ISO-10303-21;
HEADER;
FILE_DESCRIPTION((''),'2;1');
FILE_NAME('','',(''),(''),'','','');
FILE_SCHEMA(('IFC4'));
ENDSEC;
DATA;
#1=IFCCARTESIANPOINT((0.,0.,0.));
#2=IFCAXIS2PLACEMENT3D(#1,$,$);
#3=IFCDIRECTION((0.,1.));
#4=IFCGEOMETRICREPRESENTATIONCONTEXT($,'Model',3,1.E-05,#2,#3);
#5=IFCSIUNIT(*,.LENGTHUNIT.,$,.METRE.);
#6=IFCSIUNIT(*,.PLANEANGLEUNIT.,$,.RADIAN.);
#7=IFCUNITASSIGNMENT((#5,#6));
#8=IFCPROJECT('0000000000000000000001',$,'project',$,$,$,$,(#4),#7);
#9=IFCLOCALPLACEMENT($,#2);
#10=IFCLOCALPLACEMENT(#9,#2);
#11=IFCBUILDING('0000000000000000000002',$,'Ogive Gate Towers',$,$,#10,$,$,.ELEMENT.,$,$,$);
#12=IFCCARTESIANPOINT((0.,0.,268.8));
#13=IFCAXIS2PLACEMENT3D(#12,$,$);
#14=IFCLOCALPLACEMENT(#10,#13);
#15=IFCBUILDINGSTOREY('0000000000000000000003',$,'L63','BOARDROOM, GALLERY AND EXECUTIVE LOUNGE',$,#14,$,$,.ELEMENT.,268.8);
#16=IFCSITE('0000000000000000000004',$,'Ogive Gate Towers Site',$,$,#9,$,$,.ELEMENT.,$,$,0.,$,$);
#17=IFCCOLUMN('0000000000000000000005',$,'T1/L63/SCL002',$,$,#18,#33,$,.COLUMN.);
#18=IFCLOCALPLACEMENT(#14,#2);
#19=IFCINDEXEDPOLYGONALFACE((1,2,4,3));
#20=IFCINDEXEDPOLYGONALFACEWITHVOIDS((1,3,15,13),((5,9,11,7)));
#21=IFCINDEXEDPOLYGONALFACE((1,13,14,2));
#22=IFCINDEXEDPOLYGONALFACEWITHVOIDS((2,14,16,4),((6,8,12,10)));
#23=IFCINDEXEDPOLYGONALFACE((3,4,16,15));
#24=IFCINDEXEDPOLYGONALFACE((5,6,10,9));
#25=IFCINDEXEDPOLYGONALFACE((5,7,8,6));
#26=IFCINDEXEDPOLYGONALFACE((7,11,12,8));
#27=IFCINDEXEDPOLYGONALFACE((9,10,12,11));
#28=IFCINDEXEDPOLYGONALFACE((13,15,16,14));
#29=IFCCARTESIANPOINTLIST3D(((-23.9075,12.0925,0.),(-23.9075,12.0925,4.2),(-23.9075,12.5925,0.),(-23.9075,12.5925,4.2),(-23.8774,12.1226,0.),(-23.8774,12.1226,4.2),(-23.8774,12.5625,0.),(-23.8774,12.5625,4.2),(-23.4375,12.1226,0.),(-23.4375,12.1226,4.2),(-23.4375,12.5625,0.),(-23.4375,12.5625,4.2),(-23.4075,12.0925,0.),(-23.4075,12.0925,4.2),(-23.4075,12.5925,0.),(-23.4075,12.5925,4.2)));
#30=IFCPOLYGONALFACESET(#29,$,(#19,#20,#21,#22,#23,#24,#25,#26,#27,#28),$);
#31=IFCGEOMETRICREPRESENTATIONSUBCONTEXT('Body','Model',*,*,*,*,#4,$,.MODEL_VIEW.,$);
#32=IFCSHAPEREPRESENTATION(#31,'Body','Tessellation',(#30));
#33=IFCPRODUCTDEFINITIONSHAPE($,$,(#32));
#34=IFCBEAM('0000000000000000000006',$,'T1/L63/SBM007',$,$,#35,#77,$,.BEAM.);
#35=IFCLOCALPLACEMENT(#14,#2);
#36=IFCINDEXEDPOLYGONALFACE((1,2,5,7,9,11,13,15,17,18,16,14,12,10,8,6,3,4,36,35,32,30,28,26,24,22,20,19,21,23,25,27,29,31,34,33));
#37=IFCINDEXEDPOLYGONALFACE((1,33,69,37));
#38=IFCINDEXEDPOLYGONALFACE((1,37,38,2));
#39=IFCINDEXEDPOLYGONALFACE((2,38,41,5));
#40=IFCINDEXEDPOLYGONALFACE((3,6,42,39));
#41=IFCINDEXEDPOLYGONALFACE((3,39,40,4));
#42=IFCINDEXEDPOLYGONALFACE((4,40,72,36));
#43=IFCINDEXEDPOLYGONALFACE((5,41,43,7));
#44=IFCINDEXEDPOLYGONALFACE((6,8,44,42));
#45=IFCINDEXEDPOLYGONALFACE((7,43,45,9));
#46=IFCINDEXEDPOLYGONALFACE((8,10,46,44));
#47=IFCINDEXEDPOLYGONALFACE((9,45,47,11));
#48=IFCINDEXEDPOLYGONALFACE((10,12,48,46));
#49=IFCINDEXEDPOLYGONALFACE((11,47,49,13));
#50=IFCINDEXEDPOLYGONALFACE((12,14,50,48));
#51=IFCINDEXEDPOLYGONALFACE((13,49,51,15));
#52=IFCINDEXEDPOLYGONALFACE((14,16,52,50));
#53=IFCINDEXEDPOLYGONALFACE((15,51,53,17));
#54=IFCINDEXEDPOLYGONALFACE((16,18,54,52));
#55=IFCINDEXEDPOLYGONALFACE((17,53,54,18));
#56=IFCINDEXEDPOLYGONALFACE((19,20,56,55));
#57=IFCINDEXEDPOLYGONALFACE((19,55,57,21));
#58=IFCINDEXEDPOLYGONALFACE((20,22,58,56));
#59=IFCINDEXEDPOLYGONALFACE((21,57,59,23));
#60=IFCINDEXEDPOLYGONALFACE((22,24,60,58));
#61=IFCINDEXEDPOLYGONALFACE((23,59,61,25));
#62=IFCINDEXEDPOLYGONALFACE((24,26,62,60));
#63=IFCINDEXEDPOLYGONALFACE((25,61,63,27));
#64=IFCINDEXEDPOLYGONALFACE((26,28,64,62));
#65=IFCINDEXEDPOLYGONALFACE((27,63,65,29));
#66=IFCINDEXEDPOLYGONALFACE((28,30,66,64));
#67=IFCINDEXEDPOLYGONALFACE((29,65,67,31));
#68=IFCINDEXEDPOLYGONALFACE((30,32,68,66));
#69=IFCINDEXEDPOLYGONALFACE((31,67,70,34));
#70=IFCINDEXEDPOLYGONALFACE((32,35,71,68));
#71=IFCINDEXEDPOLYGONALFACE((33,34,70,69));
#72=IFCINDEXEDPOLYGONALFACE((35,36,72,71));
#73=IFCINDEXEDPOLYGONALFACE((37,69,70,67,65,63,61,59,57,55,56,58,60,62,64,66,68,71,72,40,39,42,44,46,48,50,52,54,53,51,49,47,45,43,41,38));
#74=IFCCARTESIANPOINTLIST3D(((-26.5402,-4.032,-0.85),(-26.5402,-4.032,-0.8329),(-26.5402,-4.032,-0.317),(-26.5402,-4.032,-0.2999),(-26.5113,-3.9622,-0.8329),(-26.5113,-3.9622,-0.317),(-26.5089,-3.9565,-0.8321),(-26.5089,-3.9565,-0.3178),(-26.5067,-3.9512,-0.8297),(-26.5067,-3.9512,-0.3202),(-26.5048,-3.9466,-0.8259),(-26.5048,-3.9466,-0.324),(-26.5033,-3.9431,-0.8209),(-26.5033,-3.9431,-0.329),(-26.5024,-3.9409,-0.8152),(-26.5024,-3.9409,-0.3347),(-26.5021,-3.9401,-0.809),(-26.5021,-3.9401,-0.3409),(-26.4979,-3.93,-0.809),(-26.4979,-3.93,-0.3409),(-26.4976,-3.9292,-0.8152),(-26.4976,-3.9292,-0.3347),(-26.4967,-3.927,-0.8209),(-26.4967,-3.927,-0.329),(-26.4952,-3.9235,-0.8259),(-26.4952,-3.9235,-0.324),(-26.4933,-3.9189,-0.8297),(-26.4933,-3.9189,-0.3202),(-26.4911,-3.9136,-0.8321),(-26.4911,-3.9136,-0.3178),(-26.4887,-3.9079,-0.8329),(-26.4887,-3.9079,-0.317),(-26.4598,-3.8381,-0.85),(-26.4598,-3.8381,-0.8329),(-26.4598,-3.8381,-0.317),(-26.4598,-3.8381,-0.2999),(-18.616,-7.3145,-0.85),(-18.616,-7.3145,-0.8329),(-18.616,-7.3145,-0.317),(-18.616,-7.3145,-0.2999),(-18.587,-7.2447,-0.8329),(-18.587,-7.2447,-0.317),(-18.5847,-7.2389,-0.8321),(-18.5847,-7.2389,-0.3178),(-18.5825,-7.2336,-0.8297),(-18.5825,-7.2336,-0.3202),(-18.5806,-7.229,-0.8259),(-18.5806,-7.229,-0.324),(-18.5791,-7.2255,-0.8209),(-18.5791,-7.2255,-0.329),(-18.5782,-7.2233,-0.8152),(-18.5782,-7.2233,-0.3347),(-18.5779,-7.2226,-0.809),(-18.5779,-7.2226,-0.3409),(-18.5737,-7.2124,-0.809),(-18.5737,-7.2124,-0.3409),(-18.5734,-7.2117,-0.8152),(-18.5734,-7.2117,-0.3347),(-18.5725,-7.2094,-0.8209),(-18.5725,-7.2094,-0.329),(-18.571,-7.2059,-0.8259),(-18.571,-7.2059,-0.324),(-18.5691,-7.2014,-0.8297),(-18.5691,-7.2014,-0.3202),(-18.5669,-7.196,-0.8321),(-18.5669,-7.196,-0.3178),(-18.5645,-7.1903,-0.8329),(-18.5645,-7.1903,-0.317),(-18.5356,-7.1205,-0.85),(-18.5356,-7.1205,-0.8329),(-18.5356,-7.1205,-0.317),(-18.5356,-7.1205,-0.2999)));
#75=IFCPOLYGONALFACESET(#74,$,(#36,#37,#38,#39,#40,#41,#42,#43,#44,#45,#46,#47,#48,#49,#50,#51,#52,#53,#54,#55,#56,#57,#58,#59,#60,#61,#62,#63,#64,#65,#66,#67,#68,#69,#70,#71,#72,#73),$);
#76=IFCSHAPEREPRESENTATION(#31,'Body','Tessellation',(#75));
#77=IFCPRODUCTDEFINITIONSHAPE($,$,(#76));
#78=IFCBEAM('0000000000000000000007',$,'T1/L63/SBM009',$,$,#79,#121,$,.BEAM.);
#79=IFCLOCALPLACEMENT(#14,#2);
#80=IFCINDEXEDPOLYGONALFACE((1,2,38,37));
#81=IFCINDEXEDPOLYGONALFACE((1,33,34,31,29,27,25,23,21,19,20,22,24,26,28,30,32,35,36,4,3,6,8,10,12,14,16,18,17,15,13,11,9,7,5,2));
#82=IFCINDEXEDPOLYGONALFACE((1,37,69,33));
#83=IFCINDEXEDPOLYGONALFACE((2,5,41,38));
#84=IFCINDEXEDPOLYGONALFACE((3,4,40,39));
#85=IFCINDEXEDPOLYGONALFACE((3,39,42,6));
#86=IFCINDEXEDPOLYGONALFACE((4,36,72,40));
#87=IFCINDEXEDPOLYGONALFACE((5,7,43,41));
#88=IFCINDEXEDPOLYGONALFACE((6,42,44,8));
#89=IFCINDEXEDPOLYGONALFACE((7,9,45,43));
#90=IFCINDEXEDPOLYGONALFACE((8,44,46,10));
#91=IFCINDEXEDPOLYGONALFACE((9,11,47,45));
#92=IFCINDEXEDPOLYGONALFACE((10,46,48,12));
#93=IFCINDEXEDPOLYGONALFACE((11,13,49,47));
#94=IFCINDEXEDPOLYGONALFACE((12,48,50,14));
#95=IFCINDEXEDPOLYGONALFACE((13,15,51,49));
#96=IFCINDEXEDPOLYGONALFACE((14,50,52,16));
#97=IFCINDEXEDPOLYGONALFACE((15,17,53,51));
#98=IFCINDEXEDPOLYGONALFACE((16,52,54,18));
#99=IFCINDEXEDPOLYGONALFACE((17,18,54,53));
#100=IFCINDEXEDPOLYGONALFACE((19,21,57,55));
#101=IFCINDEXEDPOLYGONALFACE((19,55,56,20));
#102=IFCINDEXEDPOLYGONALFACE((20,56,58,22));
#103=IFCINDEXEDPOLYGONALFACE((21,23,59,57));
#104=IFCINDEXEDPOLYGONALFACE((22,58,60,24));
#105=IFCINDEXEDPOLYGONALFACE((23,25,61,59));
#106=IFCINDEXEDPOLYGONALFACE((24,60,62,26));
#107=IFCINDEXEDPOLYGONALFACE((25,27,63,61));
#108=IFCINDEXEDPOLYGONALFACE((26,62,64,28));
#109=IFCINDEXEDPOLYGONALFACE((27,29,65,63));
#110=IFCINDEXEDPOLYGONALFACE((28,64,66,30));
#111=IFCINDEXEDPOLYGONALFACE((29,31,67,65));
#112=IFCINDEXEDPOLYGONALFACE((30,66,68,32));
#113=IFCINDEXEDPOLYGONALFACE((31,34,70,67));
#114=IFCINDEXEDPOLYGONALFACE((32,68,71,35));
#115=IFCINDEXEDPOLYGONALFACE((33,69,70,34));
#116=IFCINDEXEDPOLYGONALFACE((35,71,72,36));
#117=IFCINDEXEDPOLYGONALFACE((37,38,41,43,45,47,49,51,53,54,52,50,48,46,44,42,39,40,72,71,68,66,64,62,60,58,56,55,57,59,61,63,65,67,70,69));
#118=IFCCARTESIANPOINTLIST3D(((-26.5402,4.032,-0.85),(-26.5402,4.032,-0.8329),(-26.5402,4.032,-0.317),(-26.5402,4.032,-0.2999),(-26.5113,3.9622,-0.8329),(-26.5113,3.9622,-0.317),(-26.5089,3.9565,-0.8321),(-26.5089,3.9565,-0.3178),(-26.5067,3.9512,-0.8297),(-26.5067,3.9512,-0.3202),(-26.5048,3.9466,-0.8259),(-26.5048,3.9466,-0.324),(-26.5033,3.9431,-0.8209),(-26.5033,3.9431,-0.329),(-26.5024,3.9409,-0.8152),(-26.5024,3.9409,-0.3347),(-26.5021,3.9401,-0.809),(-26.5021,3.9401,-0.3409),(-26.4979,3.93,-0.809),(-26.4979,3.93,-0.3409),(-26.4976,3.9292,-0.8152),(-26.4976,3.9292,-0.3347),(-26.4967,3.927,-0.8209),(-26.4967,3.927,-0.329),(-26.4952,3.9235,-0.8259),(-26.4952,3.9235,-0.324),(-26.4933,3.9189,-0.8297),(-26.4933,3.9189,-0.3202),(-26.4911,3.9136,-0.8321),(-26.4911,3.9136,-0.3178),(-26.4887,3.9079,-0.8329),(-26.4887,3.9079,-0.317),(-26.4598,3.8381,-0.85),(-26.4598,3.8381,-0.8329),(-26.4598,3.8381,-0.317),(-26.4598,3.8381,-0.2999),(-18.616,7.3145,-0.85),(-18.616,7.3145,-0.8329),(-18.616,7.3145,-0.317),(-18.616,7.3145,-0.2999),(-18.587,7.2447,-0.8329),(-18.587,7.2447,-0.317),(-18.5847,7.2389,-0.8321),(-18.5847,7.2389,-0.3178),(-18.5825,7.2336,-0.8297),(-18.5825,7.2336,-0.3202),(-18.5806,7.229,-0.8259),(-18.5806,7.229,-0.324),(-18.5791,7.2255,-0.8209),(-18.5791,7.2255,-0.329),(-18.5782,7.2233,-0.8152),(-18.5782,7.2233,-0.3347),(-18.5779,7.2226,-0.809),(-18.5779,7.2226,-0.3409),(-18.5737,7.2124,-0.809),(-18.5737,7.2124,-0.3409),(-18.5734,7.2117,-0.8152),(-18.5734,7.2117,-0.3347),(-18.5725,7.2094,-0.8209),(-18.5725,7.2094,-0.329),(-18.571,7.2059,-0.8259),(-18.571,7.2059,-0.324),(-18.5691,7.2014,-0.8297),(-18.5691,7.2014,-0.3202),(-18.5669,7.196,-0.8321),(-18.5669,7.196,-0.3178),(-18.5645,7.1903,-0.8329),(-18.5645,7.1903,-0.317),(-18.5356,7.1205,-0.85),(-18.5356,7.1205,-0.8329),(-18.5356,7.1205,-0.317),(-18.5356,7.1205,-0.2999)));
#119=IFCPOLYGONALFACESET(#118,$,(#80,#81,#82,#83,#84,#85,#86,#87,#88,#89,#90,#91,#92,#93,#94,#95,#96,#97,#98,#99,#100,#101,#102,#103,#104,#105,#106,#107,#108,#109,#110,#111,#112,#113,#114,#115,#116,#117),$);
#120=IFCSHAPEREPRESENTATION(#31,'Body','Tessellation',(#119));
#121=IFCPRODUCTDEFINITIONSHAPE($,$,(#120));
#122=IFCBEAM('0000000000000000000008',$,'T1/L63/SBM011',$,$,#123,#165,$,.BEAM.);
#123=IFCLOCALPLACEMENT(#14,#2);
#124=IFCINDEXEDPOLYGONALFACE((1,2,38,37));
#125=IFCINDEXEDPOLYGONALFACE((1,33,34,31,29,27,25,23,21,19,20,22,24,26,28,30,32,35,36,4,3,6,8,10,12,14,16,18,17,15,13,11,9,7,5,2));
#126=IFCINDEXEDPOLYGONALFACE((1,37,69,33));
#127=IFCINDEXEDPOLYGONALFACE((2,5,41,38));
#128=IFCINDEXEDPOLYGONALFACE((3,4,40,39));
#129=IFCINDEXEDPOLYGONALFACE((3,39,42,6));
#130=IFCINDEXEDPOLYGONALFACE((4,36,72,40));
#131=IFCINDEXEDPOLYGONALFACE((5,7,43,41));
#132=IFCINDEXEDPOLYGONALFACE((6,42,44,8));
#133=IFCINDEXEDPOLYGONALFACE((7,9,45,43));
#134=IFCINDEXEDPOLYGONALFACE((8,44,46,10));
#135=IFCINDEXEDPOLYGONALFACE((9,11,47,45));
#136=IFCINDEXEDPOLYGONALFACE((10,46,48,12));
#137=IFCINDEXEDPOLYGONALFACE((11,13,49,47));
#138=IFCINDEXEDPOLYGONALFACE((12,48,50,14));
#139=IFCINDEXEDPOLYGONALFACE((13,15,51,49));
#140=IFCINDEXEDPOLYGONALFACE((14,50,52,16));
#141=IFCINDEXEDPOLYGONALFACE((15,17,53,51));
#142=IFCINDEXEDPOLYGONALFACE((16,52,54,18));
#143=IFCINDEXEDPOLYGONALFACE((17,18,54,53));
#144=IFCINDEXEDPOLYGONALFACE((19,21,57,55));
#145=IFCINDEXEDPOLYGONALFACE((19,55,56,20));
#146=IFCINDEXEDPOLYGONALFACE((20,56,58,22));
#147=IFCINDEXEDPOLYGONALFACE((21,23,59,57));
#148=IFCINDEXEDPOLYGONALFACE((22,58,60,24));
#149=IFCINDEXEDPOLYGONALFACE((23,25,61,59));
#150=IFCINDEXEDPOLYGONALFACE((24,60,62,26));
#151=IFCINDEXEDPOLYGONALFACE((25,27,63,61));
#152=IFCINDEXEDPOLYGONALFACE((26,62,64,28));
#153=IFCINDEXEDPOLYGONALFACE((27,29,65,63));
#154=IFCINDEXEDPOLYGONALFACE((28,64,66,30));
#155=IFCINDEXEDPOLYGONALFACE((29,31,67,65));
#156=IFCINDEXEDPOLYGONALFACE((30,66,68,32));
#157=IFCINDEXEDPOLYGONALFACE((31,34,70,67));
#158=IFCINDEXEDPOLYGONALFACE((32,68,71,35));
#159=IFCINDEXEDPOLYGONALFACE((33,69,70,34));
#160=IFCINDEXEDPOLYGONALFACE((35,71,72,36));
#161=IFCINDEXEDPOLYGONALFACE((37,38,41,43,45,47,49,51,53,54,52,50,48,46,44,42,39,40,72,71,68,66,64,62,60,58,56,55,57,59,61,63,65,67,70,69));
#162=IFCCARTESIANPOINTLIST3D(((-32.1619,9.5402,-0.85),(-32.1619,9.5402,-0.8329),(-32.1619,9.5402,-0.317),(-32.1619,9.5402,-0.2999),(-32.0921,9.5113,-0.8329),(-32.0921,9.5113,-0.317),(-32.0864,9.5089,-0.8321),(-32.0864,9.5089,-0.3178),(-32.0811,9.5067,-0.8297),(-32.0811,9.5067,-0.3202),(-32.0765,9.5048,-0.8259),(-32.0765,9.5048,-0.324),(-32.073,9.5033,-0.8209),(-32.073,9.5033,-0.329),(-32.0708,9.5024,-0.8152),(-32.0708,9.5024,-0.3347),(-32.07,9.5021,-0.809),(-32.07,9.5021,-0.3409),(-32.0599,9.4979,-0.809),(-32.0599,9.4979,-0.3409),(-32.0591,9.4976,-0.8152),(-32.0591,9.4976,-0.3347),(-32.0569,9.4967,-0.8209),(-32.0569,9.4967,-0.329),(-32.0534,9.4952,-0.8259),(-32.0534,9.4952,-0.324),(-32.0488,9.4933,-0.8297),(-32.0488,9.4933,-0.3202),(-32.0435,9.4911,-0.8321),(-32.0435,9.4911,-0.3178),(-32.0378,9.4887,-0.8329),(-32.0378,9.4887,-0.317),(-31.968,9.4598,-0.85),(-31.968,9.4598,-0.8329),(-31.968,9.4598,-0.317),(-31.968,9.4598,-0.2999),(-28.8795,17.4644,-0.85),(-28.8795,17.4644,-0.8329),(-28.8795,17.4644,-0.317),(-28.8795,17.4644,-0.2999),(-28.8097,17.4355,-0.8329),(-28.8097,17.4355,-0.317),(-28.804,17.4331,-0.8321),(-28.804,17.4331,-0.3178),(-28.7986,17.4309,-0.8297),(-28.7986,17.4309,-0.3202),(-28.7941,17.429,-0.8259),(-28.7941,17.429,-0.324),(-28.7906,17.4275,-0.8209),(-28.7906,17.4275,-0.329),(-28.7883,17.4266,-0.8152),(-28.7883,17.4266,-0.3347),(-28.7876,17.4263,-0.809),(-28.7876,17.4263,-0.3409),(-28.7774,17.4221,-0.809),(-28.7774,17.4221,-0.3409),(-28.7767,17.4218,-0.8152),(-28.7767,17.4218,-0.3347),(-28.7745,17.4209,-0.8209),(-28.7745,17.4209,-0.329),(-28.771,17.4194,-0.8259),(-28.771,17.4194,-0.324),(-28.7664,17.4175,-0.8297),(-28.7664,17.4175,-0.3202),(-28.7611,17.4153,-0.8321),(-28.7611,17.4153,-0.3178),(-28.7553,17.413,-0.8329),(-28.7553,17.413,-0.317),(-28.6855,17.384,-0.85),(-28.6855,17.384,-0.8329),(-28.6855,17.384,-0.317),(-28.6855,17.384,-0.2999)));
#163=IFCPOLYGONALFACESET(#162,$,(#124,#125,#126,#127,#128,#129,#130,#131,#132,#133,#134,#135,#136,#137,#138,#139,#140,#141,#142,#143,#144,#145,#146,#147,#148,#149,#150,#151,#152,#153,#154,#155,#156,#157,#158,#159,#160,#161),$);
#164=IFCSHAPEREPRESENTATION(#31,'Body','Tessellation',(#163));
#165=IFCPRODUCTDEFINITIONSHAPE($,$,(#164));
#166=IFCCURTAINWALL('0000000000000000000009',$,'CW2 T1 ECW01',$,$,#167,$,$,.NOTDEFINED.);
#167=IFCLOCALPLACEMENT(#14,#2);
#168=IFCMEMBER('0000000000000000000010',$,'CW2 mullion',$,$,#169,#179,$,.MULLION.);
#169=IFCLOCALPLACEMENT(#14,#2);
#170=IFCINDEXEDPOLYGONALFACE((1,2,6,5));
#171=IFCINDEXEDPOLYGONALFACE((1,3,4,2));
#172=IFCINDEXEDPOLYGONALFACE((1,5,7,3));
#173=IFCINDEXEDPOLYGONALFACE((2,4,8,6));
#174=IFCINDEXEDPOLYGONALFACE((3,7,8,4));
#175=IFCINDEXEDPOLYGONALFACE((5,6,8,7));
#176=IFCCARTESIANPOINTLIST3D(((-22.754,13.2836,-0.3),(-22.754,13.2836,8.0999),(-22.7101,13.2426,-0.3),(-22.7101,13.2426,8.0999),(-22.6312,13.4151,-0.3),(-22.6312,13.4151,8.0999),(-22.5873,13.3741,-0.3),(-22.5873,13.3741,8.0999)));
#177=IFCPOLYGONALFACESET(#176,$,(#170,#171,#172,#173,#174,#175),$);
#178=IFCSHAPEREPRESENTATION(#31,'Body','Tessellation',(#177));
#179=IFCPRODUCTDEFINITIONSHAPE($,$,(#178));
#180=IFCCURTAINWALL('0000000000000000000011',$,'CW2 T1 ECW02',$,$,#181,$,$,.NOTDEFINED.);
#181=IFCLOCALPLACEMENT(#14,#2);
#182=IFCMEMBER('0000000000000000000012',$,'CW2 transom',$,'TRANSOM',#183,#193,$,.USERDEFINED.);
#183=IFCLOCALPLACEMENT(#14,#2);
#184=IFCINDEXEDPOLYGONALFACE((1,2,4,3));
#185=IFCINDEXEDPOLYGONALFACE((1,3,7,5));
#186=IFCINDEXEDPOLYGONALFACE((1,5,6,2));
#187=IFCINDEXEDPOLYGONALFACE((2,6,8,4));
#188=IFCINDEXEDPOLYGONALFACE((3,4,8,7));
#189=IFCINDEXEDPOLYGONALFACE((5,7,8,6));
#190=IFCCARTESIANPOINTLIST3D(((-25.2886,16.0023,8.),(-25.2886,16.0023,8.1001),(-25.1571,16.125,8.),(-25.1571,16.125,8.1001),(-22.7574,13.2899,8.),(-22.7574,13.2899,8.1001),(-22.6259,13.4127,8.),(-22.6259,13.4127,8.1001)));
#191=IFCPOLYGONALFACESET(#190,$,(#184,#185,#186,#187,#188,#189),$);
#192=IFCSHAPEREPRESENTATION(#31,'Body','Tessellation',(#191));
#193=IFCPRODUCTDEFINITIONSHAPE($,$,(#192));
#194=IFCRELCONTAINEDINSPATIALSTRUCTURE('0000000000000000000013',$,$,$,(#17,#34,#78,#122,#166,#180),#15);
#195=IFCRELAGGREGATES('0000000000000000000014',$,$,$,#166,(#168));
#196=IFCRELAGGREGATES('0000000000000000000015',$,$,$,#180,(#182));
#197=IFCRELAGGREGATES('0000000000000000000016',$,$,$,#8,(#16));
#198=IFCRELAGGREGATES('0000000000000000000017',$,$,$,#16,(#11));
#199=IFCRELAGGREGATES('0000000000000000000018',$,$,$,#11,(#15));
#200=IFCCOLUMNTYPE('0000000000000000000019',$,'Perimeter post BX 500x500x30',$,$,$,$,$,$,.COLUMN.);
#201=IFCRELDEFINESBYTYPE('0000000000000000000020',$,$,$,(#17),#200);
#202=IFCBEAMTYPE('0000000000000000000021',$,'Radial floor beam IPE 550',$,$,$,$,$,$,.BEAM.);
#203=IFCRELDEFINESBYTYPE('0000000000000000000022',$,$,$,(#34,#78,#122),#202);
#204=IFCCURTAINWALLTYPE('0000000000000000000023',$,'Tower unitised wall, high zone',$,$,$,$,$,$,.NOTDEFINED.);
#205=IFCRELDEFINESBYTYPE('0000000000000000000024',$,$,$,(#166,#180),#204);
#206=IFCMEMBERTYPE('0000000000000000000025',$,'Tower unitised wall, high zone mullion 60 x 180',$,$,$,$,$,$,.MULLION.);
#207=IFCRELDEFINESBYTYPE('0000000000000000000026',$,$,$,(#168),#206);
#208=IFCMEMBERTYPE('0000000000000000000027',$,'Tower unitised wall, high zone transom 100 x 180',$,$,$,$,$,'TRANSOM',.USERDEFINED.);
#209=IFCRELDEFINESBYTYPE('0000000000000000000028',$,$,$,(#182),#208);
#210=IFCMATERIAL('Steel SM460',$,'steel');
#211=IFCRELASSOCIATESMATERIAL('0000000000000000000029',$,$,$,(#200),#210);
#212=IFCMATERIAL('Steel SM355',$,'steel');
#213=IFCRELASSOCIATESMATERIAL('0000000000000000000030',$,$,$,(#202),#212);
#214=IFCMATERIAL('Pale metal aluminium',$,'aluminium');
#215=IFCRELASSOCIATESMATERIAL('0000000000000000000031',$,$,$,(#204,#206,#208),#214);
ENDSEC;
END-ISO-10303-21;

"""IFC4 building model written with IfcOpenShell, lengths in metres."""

from ifc_helpers import new_model, si_unit, direction, frame, origin, origin_2d, place, context, subcontext, project, spatial, rectangle, hollow_rectangle, i_section, extrude, material, material_profile, profile_set, type_object, element, aggregate, save


model = new_model("IFC4")

# Units and contexts
model_context = context("Model", 3, precision=1e-05, world=origin(), true_north=direction((0.0, 1.0)))
body_context = subcontext(model_context, "Body", "Model", "MODEL_VIEW")
ifc_project = project(units=[si_unit("LENGTHUNIT", "METRE"), si_unit("PLANEANGLEUNIT", "RADIAN")], contexts=[model_context])

# Site, building, storey
site_placement = place(None, origin())
site = spatial("IfcSite", under=ifc_project, at=site_placement, Name="Ogive Gate Towers Site", CompositionType="ELEMENT", RefElevation=0.0)
building_placement = place(site_placement, origin())
building = spatial("IfcBuilding", under=site, at=building_placement, Name="Ogive Gate Towers", CompositionType="ELEMENT")
storey_placement = place(building_placement, frame((0.0, 0.0, 268.8)))
storey = spatial("IfcBuildingStorey", under=building, at=storey_placement, Name="L63", Description="BOARDROOM, GALLERY AND EXECUTIVE LOUNGE", CompositionType="ELEMENT", Elevation=268.8)

# Column
ifc_material_1 = material(Name="Steel SM460", Category="steel")
ifc_material_profile_1 = material_profile(ifc_material_1, hollow_rectangle(XDim=0.5, YDim=0.5, WallThickness=0.03, at=origin_2d()), Name="BX 500x500x30")
ifc_profile_set_1 = profile_set([ifc_material_profile_1], Name="Steel SM460")
column_type = type_object("IfcColumnType", Name="Perimeter post BX 500x500x30", PredefinedType="COLUMN", material=ifc_profile_set_1)
column_placement = place(storey_placement, frame((-23.6575, 12.3425, 0.0), z_axis=(0.0, 0.0, 1.0), x_axis=(1.0, 0.0, 0.0)))
element("IfcColumn", 1, at=column_placement, inside=storey, type_object=column_type, Name="T1/L63/SCL002", PredefinedType="COLUMN", context=body_context, shape_type="SweptSolid", body=[
    extrude(hollow_rectangle(XDim=0.5, YDim=0.5, WallThickness=0.03, at=origin_2d()), origin(), (0.0, 0.0, 1.0), 4.2),
])

# Beams
ifc_material_2 = material(Name="Steel SM355", Category="steel")
ifc_material_profile_2 = material_profile(ifc_material_2, i_section(OverallWidth=0.21, OverallDepth=0.55, WebThickness=0.011, FlangeThickness=0.0171, FilletRadius=0.0239, at=origin_2d()), Name="IPE 550")
ifc_profile_set_2 = profile_set([ifc_material_profile_2], Name="Steel SM355")
beam_type_1 = type_object("IfcBeamType", Name="Radial floor beam IPE 550", PredefinedType="BEAM", material=ifc_profile_set_2)
for number, where, z_axis, x_axis, name in (
    (2, (-26.5, -3.9351, -0.575), (0.923875, -0.382695, 0.0), (0.382695, 0.923875, 0.0), "T1/L63/SBM007"),
    (3, (-26.5, 3.9351, -0.575), (0.923875, 0.382695, 0.0), (-0.382695, 0.923875, 0.0), "T1/L63/SBM009"),
    (4, (-32.0649, 9.5, -0.575), (0.382695, 0.923875, 0.0), (-0.923875, 0.382695, 0.0), "T1/L63/SBM011"),
):
    element("IfcBeam", number, at=place(storey_placement, frame(where, z_axis=z_axis, x_axis=x_axis)), inside=storey, type_object=beam_type_1, Name=name, PredefinedType="BEAM", context=body_context, shape_type="SweptSolid", body=[
        extrude(i_section(OverallWidth=0.21, OverallDepth=0.55, WebThickness=0.011, FlangeThickness=0.0171, FilletRadius=0.0239, at=origin_2d()), origin(), (0.0, 0.0, 1.0), 8.5771),
    ])

# Curtain walls, members
ifc_material_3 = material(Name="Pale metal aluminium", Category="aluminium")
curtain_wall_type = type_object("IfcCurtainWallType", Name="Tower unitised wall, high zone", PredefinedType="NOTDEFINED", material=ifc_material_3)
curtain_wall_1_placement = place(storey_placement, origin())
curtain_wall_1 = element("IfcCurtainWall", 5, at=curtain_wall_1_placement, inside=storey, type_object=curtain_wall_type, Name="CW2 T1 ECW01", PredefinedType="NOTDEFINED")
ifc_material_profile_3 = material_profile(ifc_material_3, rectangle(XDim=0.1799, YDim=0.0601, at=origin_2d()), Name="60 x 180 aluminium box")
ifc_profile_set_3 = profile_set([ifc_material_profile_3], Name="Pale metal aluminium")
member_type_1 = type_object("IfcMemberType", Name="Tower unitised wall, high zone mullion 60 x 180", PredefinedType="MULLION", material=ifc_profile_set_3)
member_1_placement = place(storey_placement, frame((-22.6707, 13.3289, -0.3), z_axis=(0.0, 0.0, 1.0), x_axis=(0.682254, 0.731116, 0.0)))
member_1 = element("IfcMember", 6, at=member_1_placement, type_object=member_type_1, Name="CW2 mullion", PredefinedType="MULLION", context=body_context, shape_type="SweptSolid", body=[
    extrude(rectangle(XDim=0.1799, YDim=0.0601, at=origin_2d()), origin(), (0.0, 0.0, 1.0), 8.3999),
])
aggregate(curtain_wall_1, [member_1])
curtain_wall_2_placement = place(storey_placement, origin())
curtain_wall_2 = element("IfcCurtainWall", 7, at=curtain_wall_2_placement, inside=storey, type_object=curtain_wall_type, Name="CW2 T1 ECW02", PredefinedType="NOTDEFINED")
ifc_material_profile_4 = material_profile(ifc_material_3, rectangle(XDim=0.1799, YDim=0.1001, at=origin_2d()), Name="100 x 180 aluminium box")
ifc_profile_set_4 = profile_set([ifc_material_profile_4], Name="Pale metal aluminium")
member_type_2 = type_object("IfcMemberType", Name="Tower unitised wall, high zone transom 100 x 180", ElementType="TRANSOM", PredefinedType="USERDEFINED", material=ifc_profile_set_4)
member_2_placement = place(storey_placement, frame((-22.6917, 13.3513, 8.05), z_axis=(-0.682271, 0.731099, 0.0), x_axis=(-0.731099, -0.682271, 0.0)))
member_2 = element("IfcMember", 8, at=member_2_placement, type_object=member_type_2, Name="CW2 transom", ObjectType="TRANSOM", PredefinedType="USERDEFINED", context=body_context, shape_type="SweptSolid", body=[
    extrude(rectangle(XDim=0.1799, YDim=0.1001, at=origin_2d()), origin(), (0.0, 0.0, 1.0), 3.71),
])
aggregate(curtain_wall_2, [member_2])

save(model, "model.ifc")
